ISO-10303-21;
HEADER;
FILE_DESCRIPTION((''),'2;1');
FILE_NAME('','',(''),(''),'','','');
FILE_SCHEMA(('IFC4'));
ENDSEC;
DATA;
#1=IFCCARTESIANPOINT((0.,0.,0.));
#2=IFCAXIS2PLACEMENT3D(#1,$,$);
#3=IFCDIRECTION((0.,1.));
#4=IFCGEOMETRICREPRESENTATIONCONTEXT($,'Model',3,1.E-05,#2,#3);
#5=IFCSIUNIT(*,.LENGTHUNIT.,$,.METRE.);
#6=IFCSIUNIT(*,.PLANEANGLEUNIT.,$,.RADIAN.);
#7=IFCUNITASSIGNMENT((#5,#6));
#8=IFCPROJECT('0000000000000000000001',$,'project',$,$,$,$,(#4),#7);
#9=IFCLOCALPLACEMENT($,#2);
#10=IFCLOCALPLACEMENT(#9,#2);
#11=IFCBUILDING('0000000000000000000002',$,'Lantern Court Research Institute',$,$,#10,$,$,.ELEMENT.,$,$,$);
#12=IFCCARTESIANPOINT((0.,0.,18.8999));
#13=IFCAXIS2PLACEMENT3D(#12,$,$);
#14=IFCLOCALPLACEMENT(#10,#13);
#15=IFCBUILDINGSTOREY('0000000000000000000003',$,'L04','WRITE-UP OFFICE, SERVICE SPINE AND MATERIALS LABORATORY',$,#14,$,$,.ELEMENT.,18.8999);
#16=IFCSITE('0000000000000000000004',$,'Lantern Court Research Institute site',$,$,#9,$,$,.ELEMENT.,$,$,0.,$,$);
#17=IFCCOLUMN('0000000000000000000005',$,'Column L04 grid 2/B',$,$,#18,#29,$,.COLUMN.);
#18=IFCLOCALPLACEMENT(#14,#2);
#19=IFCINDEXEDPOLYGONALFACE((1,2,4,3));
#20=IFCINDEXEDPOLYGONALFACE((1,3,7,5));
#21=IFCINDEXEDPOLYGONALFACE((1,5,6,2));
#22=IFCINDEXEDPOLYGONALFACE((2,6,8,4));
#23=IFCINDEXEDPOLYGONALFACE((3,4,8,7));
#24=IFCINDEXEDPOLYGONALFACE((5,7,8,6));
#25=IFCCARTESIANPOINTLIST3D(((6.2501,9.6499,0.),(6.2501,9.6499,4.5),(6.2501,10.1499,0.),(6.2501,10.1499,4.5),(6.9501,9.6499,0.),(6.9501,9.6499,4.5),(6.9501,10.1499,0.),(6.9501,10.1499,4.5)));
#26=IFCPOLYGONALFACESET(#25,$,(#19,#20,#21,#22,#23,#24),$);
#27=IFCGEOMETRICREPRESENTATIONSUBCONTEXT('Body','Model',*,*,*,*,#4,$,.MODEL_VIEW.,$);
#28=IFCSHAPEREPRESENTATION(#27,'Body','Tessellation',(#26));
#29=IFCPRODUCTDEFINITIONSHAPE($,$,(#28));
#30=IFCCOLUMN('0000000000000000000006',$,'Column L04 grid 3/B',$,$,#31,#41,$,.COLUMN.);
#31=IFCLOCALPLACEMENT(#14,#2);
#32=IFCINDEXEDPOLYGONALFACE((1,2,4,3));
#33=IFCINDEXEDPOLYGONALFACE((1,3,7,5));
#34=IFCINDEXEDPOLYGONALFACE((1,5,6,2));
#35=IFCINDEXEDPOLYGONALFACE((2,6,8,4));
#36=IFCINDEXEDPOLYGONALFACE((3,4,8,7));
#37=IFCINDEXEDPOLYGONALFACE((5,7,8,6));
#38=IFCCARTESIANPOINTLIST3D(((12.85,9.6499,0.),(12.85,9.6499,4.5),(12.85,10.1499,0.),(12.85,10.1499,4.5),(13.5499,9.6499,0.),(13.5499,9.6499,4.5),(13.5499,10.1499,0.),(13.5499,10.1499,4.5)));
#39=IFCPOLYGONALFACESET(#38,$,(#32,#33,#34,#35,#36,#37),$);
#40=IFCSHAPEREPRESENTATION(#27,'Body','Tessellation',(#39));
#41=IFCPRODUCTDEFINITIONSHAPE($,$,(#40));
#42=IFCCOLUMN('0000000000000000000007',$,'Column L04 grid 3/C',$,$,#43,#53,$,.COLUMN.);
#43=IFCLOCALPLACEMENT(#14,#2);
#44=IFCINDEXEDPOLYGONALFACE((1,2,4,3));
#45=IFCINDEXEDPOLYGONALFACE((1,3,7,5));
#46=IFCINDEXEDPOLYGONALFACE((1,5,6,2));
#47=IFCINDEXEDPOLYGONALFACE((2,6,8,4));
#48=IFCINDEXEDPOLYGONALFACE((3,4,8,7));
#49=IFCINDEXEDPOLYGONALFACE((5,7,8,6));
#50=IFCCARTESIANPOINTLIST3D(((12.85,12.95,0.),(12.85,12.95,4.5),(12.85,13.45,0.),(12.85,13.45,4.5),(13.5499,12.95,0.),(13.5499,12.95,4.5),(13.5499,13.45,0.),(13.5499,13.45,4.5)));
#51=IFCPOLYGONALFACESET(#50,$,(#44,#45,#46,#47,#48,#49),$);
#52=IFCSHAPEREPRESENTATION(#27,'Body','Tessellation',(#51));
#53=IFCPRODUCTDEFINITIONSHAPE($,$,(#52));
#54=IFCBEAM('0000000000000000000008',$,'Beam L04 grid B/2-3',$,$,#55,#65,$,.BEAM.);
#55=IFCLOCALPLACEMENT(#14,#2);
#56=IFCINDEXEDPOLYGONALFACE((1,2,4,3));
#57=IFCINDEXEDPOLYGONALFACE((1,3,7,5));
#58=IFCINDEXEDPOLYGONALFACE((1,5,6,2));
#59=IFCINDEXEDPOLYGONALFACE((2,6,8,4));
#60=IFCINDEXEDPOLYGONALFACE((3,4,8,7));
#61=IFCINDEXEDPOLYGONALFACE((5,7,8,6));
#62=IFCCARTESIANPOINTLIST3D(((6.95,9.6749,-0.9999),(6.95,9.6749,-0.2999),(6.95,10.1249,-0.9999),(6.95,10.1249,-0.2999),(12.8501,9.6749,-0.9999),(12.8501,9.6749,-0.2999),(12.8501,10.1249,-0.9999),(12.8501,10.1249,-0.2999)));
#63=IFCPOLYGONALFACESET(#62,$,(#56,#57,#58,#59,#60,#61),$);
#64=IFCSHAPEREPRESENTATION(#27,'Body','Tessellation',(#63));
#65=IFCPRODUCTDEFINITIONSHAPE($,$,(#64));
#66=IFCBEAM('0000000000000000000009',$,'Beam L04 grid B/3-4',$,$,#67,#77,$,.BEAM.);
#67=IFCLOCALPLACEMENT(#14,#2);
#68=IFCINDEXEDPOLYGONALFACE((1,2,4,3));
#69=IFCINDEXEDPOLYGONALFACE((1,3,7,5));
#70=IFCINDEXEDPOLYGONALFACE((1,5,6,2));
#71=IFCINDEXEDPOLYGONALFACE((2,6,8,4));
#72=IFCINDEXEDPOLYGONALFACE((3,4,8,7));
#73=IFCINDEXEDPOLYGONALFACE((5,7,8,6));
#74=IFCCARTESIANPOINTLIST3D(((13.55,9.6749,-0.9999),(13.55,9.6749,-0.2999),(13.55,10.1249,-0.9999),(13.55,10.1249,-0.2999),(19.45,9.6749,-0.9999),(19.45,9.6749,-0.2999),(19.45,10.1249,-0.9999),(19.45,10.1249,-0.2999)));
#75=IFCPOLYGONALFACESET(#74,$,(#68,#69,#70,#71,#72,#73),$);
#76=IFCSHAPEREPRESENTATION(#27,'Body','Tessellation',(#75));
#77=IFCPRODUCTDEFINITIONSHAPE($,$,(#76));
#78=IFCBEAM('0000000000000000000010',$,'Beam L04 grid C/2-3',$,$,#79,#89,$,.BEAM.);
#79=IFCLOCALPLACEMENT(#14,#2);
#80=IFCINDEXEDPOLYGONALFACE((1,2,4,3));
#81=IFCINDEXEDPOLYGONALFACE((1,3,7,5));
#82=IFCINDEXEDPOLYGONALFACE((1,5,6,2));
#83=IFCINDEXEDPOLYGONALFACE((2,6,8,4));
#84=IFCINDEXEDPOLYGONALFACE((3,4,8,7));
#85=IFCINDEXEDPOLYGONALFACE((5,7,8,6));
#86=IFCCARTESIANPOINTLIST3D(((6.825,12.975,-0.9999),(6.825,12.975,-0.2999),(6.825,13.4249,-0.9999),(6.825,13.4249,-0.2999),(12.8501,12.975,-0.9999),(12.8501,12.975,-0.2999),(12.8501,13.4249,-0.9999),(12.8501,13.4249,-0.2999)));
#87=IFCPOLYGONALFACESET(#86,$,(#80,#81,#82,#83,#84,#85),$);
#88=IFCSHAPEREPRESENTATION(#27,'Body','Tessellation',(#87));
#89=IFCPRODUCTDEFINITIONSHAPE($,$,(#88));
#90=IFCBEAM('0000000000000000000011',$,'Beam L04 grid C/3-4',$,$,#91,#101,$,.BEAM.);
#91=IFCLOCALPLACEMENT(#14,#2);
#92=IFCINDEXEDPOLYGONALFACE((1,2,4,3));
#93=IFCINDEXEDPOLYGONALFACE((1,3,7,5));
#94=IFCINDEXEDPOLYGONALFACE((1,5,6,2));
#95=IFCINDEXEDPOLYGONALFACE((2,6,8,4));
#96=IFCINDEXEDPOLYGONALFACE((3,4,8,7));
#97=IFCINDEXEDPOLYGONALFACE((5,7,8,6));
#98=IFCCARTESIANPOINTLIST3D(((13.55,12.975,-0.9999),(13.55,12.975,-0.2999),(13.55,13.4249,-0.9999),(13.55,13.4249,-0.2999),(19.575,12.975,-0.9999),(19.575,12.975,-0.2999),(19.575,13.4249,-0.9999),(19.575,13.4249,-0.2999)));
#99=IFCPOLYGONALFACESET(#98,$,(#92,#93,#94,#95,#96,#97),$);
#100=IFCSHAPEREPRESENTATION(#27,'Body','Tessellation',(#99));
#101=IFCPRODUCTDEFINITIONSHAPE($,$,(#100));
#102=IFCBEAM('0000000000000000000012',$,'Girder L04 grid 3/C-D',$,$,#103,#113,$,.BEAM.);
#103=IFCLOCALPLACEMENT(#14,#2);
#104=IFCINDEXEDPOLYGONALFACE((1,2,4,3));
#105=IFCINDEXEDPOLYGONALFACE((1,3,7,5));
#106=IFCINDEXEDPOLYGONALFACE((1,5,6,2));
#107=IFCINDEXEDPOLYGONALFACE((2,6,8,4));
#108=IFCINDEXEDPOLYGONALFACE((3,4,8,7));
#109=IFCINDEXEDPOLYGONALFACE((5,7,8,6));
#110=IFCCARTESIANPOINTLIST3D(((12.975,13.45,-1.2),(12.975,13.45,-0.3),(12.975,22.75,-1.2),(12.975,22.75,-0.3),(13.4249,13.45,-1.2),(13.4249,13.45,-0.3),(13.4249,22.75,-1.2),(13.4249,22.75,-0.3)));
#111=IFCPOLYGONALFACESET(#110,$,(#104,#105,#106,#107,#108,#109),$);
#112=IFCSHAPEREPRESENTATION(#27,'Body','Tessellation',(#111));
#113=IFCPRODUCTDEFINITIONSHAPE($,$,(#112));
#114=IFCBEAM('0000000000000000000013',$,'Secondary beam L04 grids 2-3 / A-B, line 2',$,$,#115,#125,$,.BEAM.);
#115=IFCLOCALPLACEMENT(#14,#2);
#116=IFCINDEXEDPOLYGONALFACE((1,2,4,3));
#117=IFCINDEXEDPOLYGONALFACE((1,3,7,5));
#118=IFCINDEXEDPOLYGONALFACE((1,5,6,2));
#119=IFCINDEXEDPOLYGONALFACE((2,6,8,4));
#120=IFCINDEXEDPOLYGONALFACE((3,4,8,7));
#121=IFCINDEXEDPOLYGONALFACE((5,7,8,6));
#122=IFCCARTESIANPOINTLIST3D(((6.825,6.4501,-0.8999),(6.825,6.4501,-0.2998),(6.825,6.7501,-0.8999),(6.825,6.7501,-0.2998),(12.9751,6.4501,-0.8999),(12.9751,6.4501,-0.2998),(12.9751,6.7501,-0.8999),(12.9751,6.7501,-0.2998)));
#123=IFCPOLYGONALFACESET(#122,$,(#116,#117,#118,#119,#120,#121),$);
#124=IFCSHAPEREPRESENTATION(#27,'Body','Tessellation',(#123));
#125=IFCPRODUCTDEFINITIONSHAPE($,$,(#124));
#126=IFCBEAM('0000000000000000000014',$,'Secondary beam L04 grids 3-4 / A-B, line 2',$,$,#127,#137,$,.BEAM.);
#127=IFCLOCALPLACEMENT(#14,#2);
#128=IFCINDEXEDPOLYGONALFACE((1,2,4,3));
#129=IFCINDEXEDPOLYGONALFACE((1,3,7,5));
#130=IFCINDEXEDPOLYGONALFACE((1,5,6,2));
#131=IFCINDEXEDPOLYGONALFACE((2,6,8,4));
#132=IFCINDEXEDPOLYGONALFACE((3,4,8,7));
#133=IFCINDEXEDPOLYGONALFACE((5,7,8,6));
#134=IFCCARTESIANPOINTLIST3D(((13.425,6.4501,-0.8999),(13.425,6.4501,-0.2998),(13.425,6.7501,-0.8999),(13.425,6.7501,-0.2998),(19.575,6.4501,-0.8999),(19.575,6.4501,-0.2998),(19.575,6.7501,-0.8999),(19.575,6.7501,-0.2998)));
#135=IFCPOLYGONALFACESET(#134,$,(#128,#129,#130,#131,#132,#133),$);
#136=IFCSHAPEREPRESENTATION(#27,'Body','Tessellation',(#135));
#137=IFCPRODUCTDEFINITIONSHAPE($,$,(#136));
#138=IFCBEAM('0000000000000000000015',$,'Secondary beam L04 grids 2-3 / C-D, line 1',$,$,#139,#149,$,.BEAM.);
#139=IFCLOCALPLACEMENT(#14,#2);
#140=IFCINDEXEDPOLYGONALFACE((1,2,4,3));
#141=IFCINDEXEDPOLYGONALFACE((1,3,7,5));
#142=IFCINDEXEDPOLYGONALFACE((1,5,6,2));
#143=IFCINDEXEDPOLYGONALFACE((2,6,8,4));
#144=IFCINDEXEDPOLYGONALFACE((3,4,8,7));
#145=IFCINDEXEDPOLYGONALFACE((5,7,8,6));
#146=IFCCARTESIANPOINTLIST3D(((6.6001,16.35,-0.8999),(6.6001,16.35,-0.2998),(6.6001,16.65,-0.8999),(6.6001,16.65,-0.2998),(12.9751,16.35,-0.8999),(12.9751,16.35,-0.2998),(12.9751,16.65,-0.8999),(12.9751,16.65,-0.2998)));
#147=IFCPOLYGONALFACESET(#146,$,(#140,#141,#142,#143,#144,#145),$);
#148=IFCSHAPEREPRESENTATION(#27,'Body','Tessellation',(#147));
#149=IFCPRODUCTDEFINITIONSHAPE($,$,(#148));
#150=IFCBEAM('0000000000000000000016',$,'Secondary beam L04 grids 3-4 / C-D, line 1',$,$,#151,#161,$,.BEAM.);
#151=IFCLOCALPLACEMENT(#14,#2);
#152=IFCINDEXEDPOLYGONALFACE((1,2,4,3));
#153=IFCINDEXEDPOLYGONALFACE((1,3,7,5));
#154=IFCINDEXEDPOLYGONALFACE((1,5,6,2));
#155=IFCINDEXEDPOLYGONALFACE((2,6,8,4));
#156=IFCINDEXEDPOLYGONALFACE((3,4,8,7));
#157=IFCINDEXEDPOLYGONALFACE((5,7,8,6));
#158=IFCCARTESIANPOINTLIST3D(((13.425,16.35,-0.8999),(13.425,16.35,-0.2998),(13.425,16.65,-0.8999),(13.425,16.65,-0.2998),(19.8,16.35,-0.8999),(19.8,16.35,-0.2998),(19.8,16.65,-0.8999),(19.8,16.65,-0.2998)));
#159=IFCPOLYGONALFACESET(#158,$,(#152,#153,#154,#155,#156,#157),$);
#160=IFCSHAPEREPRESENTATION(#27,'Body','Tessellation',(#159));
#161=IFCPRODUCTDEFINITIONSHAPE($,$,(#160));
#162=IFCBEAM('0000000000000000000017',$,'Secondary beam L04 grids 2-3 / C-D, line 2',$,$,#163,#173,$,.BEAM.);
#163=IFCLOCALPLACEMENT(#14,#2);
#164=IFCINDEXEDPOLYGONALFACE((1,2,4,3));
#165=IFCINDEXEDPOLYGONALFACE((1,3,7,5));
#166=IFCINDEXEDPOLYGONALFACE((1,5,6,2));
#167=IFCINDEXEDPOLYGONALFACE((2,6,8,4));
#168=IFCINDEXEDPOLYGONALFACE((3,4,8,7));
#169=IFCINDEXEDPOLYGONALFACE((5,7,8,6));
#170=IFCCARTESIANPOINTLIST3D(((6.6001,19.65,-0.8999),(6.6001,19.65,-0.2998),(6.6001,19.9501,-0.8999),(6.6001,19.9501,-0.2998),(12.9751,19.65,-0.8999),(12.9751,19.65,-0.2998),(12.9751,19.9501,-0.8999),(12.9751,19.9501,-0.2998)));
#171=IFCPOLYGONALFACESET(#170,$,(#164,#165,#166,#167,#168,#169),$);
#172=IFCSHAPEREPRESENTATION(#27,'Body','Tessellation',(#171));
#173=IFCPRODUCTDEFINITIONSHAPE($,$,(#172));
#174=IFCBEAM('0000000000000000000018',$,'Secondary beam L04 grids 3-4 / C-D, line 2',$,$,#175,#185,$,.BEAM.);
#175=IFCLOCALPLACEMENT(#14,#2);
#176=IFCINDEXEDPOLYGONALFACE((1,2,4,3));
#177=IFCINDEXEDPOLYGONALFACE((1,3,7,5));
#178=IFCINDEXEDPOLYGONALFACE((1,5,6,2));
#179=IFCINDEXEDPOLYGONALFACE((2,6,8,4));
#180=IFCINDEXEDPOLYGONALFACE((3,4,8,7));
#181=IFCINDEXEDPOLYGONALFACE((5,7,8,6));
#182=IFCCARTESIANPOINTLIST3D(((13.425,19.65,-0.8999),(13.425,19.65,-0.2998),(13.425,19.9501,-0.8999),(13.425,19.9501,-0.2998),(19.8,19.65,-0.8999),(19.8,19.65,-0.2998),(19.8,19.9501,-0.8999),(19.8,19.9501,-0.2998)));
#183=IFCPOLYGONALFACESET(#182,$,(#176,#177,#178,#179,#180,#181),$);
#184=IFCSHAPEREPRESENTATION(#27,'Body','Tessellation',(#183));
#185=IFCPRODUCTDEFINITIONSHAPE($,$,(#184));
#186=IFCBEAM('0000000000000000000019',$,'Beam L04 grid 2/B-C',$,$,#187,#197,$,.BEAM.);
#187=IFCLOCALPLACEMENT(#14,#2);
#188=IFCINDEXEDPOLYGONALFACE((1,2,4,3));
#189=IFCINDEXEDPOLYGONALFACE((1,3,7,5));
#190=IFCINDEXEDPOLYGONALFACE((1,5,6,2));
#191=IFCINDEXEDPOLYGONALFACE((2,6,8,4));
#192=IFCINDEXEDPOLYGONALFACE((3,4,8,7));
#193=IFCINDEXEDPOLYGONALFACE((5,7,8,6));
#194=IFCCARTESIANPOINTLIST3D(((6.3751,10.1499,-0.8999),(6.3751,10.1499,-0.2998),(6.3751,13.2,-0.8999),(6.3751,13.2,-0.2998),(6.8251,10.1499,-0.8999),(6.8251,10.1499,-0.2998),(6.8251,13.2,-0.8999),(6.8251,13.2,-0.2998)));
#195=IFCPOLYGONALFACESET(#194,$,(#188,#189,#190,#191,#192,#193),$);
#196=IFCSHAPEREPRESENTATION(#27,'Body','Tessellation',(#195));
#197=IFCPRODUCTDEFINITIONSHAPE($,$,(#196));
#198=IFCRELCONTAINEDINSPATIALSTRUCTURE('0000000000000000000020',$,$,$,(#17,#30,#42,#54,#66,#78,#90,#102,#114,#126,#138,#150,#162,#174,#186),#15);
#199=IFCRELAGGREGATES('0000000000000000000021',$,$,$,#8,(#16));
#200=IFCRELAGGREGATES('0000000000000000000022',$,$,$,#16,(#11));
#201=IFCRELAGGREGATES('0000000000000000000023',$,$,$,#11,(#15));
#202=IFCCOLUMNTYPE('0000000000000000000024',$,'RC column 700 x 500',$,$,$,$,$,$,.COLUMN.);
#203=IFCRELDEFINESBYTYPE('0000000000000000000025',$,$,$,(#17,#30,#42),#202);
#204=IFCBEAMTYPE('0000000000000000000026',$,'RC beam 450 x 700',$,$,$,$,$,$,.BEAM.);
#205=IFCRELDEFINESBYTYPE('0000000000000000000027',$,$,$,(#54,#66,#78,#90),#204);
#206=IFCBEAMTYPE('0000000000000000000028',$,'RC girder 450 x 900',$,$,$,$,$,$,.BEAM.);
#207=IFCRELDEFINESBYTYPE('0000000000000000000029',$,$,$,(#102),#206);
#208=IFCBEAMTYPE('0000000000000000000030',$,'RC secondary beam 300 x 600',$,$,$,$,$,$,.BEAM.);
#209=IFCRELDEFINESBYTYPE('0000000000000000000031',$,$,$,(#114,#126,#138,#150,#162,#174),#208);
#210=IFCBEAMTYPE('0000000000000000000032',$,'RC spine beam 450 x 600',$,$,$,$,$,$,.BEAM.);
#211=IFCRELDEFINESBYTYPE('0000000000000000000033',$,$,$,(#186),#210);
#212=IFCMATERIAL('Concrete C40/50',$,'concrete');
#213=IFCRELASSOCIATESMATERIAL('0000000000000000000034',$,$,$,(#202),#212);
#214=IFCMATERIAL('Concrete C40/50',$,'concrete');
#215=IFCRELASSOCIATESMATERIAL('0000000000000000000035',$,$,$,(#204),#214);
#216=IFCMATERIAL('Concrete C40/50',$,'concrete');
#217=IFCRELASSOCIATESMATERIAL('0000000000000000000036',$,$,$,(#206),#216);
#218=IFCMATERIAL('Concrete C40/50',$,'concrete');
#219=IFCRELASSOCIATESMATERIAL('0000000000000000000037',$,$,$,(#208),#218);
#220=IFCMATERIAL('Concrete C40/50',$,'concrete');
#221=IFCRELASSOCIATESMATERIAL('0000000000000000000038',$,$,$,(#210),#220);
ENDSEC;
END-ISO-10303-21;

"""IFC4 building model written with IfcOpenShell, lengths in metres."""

from ifc_helpers import new_model, si_unit, direction, frame, origin, origin_2d, place, context, subcontext, project, spatial, rectangle, extrude, material, material_profile, profile_set, type_object, element, save


model = new_model("IFC4")

# Units and contexts
model_context = context("Model", 3, precision=1e-05, world=origin(), true_north=direction((0.0, 1.0)))
body_context = subcontext(model_context, "Body", "Model", "MODEL_VIEW")
ifc_project = project(units=[si_unit("LENGTHUNIT", "METRE"), si_unit("PLANEANGLEUNIT", "RADIAN")], contexts=[model_context])

# Site, building, storey
site_placement = place(None, origin())
site = spatial("IfcSite", under=ifc_project, at=site_placement, Name="Lantern Court Research Institute site", CompositionType="ELEMENT", RefElevation=0.0)
building_placement = place(site_placement, origin())
building = spatial("IfcBuilding", under=site, at=building_placement, Name="Lantern Court Research Institute", CompositionType="ELEMENT")
storey_placement = place(building_placement, frame((0.0, 0.0, 18.8999)))
storey = spatial("IfcBuildingStorey", under=building, at=storey_placement, Name="L04", Description="WRITE-UP OFFICE, SERVICE SPINE AND MATERIALS LABORATORY", CompositionType="ELEMENT", Elevation=18.8999)

# Columns
ifc_material_1 = material(Name="Concrete C40/50", Category="concrete")
ifc_material_profile_1 = material_profile(ifc_material_1, rectangle(XDim=0.7, YDim=0.5, at=origin_2d()), Name="RC column 700 x 500")
ifc_profile_set_1 = profile_set([ifc_material_profile_1], Name="Concrete C40/50")
column_type = type_object("IfcColumnType", Name="RC column 700 x 500", PredefinedType="COLUMN", material=ifc_profile_set_1)
for number, where, z_axis, x_axis, name in (
    (1, (6.6001, 9.8999, 0.0), (0.0, 0.0, 1.0), (1.0, 0.0, 0.0), "Column L04 grid 2/B"),
    (2, (13.2, 9.8999, 0.0), (0.0, 0.0, 1.0), (1.0, 0.0, 0.0), "Column L04 grid 3/B"),
    (3, (13.2, 13.2, 0.0), (0.0, 0.0, 1.0), (1.0, 0.0, 0.0), "Column L04 grid 3/C"),
):
    element("IfcColumn", number, at=place(storey_placement, frame(where, z_axis=z_axis, x_axis=x_axis)), inside=storey, type_object=column_type, Name=name, PredefinedType="COLUMN", context=body_context, shape_type="SweptSolid", body=[
        extrude(rectangle(XDim=0.7, YDim=0.5, at=origin_2d()), origin(), (0.0, 0.0, 1.0), 4.5),
    ])

# Beams
ifc_material_2 = material(Name="Concrete C40/50", Category="concrete")
ifc_material_profile_2 = material_profile(ifc_material_2, rectangle(XDim=0.45, YDim=0.7, at=origin_2d()), Name="RC beam 450 x 700")
ifc_profile_set_2 = profile_set([ifc_material_profile_2], Name="Concrete C40/50")
beam_type_1 = type_object("IfcBeamType", Name="RC beam 450 x 700", PredefinedType="BEAM", material=ifc_profile_set_2)
beam_1_placement = place(storey_placement, frame((6.95, 9.8999, -0.6499), z_axis=(1.0, 0.0, 0.0), x_axis=(0.0, 1.0, 0.0)))
element("IfcBeam", 4, at=beam_1_placement, inside=storey, type_object=beam_type_1, Name="Beam L04 grid B/2-3", PredefinedType="BEAM", context=body_context, shape_type="SweptSolid", body=[
    extrude(rectangle(XDim=0.45, YDim=0.7, at=origin_2d()), origin(), (0.0, 0.0, 1.0), 5.9001),
])
beam_2_placement = place(storey_placement, frame((13.55, 9.8999, -0.6499), z_axis=(1.0, 0.0, 0.0), x_axis=(0.0, 1.0, 0.0)))
element("IfcBeam", 5, at=beam_2_placement, inside=storey, type_object=beam_type_1, Name="Beam L04 grid B/3-4", PredefinedType="BEAM", context=body_context, shape_type="SweptSolid", body=[
    extrude(rectangle(XDim=0.45, YDim=0.7, at=origin_2d()), origin(), (0.0, 0.0, 1.0), 5.8999),
])
beam_3_placement = place(storey_placement, frame((6.825, 13.2, -0.6499), z_axis=(1.0, 0.0, 0.0), x_axis=(0.0, 1.0, 0.0)))
element("IfcBeam", 6, at=beam_3_placement, inside=storey, type_object=beam_type_1, Name="Beam L04 grid C/2-3", PredefinedType="BEAM", context=body_context, shape_type="SweptSolid", body=[
    extrude(rectangle(XDim=0.45, YDim=0.7, at=origin_2d()), origin(), (0.0, 0.0, 1.0), 6.0251),
])
beam_4_placement = place(storey_placement, frame((13.55, 13.2, -0.6499), z_axis=(1.0, 0.0, 0.0), x_axis=(0.0, 1.0, 0.0)))
element("IfcBeam", 7, at=beam_4_placement, inside=storey, type_object=beam_type_1, Name="Beam L04 grid C/3-4", PredefinedType="BEAM", context=body_context, shape_type="SweptSolid", body=[
    extrude(rectangle(XDim=0.45, YDim=0.7, at=origin_2d()), origin(), (0.0, 0.0, 1.0), 6.0249),
])
ifc_material_3 = material(Name="Concrete C40/50", Category="concrete")
ifc_material_profile_3 = material_profile(ifc_material_3, rectangle(XDim=0.45, YDim=0.8999, at=origin_2d()), Name="RC beam 450 x 900")
ifc_profile_set_3 = profile_set([ifc_material_profile_3], Name="Concrete C40/50")
beam_type_2 = type_object("IfcBeamType", Name="RC girder 450 x 900", PredefinedType="BEAM", material=ifc_profile_set_3)
beam_5_placement = place(storey_placement, frame((13.2, 13.45, -0.75), z_axis=(0.0, 1.0, 0.0), x_axis=(-1.0, 0.0, 0.0)))
element("IfcBeam", 8, at=beam_5_placement, inside=storey, type_object=beam_type_2, Name="Girder L04 grid 3/C-D", PredefinedType="BEAM", context=body_context, shape_type="SweptSolid", body=[
    extrude(rectangle(XDim=0.45, YDim=0.8999, at=origin_2d()), origin(), (0.0, 0.0, 1.0), 9.3),
])
ifc_material_4 = material(Name="Concrete C40/50", Category="concrete")
ifc_material_profile_4 = material_profile(ifc_material_4, rectangle(XDim=0.3, YDim=0.6001, at=origin_2d()), Name="RC beam 300 x 600")
ifc_profile_set_4 = profile_set([ifc_material_profile_4], Name="Concrete C40/50")
beam_type_3 = type_object("IfcBeamType", Name="RC secondary beam 300 x 600", PredefinedType="BEAM", material=ifc_profile_set_4)
beam_6_placement = place(storey_placement, frame((6.825, 6.6001, -0.5999), z_axis=(1.0, 0.0, 0.0), x_axis=(0.0, 1.0, 0.0)))
element("IfcBeam", 9, at=beam_6_placement, inside=storey, type_object=beam_type_3, Name="Secondary beam L04 grids 2-3 / A-B, line 2", PredefinedType="BEAM", context=body_context, shape_type="SweptSolid", body=[
    extrude(rectangle(XDim=0.3, YDim=0.6001, at=origin_2d()), origin(), (0.0, 0.0, 1.0), 6.1501),
])
beam_7_placement = place(storey_placement, frame((13.425, 6.6001, -0.5999), z_axis=(1.0, 0.0, 0.0), x_axis=(0.0, 1.0, 0.0)))
element("IfcBeam", 10, at=beam_7_placement, inside=storey, type_object=beam_type_3, Name="Secondary beam L04 grids 3-4 / A-B, line 2", PredefinedType="BEAM", context=body_context, shape_type="SweptSolid", body=[
    extrude(rectangle(XDim=0.3, YDim=0.6001, at=origin_2d()), origin(), (0.0, 0.0, 1.0), 6.1499),
])
for number, where, z_axis, x_axis, name in (
    (11, (6.6001, 16.5, -0.5999), (1.0, 0.0, 0.0), (0.0, 1.0, 0.0), "Secondary beam L04 grids 2-3 / C-D, line 1"),
    (12, (13.425, 16.5, -0.5999), (1.0, 0.0, 0.0), (0.0, 1.0, 0.0), "Secondary beam L04 grids 3-4 / C-D, line 1"),
    (13, (6.6001, 19.8, -0.5999), (1.0, 0.0, 0.0), (0.0, 1.0, 0.0), "Secondary beam L04 grids 2-3 / C-D, line 2"),
    (14, (13.425, 19.8, -0.5999), (1.0, 0.0, 0.0), (0.0, 1.0, 0.0), "Secondary beam L04 grids 3-4 / C-D, line 2"),
):
    element("IfcBeam", number, at=place(storey_placement, frame(where, z_axis=z_axis, x_axis=x_axis)), inside=storey, type_object=beam_type_3, Name=name, PredefinedType="BEAM", context=body_context, shape_type="SweptSolid", body=[
        extrude(rectangle(XDim=0.3, YDim=0.6001, at=origin_2d()), origin(), (0.0, 0.0, 1.0), 6.375),
    ])
ifc_material_5 = material(Name="Concrete C40/50", Category="concrete")
ifc_material_profile_5 = material_profile(ifc_material_5, rectangle(XDim=0.45, YDim=0.6001, at=origin_2d()), Name="RC beam 450 x 600")
ifc_profile_set_5 = profile_set([ifc_material_profile_5], Name="Concrete C40/50")
beam_type_4 = type_object("IfcBeamType", Name="RC spine beam 450 x 600", PredefinedType="BEAM", material=ifc_profile_set_5)
beam_8_placement = place(storey_placement, frame((6.6001, 10.1499, -0.5999), z_axis=(0.0, 1.0, 0.0), x_axis=(-1.0, 0.0, 0.0)))
element("IfcBeam", 15, at=beam_8_placement, inside=storey, type_object=beam_type_4, Name="Beam L04 grid 2/B-C", PredefinedType="BEAM", context=body_context, shape_type="SweptSolid", body=[
    extrude(rectangle(XDim=0.45, YDim=0.6001, at=origin_2d()), origin(), (0.0, 0.0, 1.0), 3.05),
])

save(model, "model.ifc")
